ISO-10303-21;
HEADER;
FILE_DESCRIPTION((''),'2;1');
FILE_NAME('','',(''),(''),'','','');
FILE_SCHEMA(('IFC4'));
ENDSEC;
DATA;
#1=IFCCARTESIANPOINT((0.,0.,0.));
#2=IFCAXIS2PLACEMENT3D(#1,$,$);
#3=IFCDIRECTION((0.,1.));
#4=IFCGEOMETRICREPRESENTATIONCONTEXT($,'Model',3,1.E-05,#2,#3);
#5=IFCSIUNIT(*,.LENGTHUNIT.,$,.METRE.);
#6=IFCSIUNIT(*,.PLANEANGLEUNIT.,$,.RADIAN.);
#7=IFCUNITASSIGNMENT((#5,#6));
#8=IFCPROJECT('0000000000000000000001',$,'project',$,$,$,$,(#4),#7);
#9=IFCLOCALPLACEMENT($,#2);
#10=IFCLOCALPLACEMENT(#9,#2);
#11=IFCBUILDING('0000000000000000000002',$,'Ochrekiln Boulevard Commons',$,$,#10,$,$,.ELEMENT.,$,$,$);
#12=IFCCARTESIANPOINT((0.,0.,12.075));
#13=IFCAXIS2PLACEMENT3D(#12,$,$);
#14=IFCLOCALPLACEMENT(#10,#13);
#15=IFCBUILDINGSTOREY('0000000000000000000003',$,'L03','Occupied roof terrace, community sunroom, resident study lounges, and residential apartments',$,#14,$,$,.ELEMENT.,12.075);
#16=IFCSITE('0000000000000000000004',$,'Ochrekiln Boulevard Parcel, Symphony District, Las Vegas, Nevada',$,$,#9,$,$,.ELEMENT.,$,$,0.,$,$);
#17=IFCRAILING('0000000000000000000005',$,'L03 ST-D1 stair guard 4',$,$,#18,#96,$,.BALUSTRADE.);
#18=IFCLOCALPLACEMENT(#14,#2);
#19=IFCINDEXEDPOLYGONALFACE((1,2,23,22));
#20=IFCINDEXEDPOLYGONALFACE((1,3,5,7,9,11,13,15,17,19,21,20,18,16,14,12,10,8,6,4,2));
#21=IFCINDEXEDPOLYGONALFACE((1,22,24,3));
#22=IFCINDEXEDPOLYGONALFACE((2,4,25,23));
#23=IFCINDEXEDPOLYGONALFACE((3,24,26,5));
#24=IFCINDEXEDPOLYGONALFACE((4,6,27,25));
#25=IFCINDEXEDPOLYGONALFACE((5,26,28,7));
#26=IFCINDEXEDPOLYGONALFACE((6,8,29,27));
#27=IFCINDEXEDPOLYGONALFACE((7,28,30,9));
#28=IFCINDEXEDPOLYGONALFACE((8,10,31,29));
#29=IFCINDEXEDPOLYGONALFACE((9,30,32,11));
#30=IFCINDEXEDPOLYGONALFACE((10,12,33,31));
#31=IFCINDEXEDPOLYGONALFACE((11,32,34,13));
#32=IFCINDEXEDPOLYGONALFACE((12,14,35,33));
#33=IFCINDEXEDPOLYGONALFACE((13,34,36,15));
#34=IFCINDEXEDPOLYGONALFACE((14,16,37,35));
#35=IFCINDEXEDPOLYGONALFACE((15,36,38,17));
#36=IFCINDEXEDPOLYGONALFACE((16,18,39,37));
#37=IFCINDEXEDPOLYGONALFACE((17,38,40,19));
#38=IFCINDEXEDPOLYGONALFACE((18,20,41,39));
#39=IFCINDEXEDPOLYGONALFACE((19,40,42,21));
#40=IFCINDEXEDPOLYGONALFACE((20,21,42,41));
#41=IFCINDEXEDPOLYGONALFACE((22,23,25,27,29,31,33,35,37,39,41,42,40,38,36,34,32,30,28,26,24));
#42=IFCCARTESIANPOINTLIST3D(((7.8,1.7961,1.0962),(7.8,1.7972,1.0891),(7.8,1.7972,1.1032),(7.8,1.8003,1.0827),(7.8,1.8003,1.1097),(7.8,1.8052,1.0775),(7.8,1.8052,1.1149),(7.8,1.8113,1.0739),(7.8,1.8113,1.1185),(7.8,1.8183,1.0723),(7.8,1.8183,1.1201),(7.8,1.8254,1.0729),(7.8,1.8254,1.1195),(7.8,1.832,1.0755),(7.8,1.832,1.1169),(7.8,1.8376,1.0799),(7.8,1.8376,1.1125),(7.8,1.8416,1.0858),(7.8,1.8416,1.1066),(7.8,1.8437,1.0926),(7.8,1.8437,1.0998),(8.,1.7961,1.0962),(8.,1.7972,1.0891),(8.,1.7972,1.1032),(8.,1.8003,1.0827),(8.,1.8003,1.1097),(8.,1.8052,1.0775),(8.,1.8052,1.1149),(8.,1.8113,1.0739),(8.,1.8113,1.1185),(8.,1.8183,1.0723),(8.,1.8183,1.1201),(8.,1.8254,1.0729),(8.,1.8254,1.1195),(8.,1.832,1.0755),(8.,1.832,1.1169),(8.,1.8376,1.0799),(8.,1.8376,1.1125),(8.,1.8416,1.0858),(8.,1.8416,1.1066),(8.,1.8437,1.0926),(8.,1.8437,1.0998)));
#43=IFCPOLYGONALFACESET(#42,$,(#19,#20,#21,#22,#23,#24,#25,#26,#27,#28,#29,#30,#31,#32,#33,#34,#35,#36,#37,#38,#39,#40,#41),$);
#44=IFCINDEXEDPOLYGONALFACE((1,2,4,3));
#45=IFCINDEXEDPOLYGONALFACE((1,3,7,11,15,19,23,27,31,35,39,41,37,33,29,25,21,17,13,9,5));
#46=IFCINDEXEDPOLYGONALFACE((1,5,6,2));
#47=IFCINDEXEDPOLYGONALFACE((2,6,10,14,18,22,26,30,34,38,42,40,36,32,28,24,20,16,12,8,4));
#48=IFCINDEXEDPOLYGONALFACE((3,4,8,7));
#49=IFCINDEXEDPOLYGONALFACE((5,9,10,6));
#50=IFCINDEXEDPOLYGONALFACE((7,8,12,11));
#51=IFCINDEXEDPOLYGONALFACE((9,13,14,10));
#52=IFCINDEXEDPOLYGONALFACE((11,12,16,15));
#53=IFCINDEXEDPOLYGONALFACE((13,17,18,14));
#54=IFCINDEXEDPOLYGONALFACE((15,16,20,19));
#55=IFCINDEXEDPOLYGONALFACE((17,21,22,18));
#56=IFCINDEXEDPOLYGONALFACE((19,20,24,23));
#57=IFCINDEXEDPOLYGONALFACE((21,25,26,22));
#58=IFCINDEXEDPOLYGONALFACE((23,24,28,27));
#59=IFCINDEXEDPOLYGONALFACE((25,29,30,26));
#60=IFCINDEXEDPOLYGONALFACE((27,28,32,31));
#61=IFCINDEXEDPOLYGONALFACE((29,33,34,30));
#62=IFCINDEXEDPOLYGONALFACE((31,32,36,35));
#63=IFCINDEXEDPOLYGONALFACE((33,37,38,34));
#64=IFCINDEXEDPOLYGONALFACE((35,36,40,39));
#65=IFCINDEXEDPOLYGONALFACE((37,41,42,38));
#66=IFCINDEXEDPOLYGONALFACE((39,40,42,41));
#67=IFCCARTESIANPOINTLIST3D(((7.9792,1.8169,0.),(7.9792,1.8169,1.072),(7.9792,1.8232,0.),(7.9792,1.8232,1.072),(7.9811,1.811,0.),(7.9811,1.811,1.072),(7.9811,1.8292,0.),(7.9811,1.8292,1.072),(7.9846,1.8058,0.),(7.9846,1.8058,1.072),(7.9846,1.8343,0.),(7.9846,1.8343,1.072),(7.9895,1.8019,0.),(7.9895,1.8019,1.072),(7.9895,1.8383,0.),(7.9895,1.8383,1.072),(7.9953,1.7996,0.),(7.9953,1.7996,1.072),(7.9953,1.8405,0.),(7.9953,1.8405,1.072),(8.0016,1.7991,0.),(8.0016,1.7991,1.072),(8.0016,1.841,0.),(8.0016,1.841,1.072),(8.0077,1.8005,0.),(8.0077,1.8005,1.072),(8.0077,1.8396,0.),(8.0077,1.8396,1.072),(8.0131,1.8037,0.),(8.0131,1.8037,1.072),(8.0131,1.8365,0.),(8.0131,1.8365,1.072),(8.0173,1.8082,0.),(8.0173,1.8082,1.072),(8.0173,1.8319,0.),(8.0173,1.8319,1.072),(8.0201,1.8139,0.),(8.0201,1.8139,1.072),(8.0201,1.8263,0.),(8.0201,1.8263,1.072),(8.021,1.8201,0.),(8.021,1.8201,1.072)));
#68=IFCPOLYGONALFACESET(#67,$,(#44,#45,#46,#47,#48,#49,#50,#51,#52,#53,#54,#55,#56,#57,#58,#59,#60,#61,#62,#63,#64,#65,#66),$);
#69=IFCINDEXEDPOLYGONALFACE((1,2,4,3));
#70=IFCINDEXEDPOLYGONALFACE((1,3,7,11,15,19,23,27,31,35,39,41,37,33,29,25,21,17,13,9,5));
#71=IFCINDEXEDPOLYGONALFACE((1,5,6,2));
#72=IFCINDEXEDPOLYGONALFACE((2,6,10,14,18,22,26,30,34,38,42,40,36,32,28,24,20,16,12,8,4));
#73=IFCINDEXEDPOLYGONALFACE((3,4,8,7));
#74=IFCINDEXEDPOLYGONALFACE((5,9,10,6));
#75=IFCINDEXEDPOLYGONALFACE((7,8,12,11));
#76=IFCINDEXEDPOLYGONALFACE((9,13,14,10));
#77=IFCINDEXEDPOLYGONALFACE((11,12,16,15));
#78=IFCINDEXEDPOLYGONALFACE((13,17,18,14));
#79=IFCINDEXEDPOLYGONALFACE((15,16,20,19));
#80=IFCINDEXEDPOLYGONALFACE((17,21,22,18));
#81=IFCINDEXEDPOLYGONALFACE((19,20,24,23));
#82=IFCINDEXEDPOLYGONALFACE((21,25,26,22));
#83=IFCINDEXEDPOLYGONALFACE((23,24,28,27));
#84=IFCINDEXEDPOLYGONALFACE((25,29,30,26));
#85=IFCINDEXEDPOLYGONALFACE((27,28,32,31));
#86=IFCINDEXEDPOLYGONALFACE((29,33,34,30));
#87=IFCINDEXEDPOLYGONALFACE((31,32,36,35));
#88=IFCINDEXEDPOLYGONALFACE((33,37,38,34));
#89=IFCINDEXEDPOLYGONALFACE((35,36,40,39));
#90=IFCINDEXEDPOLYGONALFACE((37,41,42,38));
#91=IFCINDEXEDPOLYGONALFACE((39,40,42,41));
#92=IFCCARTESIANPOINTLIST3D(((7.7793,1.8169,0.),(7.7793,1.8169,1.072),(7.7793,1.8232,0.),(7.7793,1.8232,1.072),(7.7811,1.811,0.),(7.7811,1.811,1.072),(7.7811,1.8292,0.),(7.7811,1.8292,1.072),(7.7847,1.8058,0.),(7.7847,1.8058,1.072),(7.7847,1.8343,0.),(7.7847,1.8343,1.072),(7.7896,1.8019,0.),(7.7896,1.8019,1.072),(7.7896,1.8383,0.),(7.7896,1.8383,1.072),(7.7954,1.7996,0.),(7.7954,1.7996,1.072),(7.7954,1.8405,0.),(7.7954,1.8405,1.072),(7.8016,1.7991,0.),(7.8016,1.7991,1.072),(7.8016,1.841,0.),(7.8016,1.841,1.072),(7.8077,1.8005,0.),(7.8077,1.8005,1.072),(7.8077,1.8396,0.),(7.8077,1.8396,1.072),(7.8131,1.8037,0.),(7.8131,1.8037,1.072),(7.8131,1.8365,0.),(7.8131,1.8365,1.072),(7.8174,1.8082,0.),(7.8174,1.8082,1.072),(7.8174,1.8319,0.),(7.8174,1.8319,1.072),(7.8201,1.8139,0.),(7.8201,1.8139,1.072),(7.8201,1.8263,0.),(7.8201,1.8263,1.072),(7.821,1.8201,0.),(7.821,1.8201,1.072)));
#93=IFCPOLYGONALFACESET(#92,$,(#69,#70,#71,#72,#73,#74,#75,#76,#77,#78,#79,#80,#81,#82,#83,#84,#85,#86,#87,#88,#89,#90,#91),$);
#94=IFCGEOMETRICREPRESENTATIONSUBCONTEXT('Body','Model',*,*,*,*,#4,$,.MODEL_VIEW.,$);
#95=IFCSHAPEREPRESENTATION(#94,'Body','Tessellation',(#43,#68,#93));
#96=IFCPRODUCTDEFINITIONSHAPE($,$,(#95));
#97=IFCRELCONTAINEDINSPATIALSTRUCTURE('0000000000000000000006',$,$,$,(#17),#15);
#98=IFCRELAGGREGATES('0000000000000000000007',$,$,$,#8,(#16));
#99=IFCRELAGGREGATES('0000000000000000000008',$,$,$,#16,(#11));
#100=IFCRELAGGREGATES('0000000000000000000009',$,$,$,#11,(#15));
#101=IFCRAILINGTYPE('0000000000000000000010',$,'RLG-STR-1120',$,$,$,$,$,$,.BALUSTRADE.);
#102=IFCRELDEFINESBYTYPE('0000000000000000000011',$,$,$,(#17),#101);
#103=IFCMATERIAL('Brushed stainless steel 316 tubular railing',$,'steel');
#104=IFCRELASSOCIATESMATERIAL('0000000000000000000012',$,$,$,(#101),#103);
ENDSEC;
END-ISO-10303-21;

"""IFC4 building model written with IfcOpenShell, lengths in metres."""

from ifc_helpers import new_model, si_unit, direction, frame, origin, origin_2d, place, context, subcontext, project, spatial, circle, extrude, material, type_object, element, save


model = new_model("IFC4")

# Units and contexts
model_context = context("Model", 3, precision=1e-05, world=origin(), true_north=direction((0.0, 1.0)))
body_context = subcontext(model_context, "Body", "Model", "MODEL_VIEW")
ifc_project = project(units=[si_unit("LENGTHUNIT", "METRE"), si_unit("PLANEANGLEUNIT", "RADIAN")], contexts=[model_context])

# Site, building, storey
site_placement = place(None, origin())
site = spatial("IfcSite", under=ifc_project, at=site_placement, Name="Ochrekiln Boulevard Parcel, Symphony District, Las Vegas, Nevada", CompositionType="ELEMENT", RefElevation=0.0)
building_placement = place(site_placement, origin())
building = spatial("IfcBuilding", under=site, at=building_placement, Name="Ochrekiln Boulevard Commons", CompositionType="ELEMENT")
storey_placement = place(building_placement, frame((0.0, 0.0, 12.075)))
storey = spatial("IfcBuildingStorey", under=building, at=storey_placement, Name="L03", Description="Occupied roof terrace, community sunroom, resident study lounges, and residential apartments", CompositionType="ELEMENT", Elevation=12.075)

# Railing
ifc_material_1 = material(Name="Brushed stainless steel 316 tubular railing", Category="steel")
railing_type_1 = type_object("IfcRailingType", Name="RLG-STR-1120", PredefinedType="BALUSTRADE", material=ifc_material_1)
railing_1_placement = place(storey_placement, frame((8.0, 1.8201, 0.0)))
element("IfcRailing", 1, at=railing_1_placement, inside=storey, type_object=railing_type_1, Name="L03 ST-D1 stair guard 4", PredefinedType="BALUSTRADE", context=body_context, shape_type="SweptSolid", body=[
    extrude(circle(Radius=0.0239, at=origin_2d()), frame((0.0, 0.0, 1.0962), z_axis=(-1.0, 0.0, 0.0), x_axis=(0.0, -1.0, 0.0)), (0.0, 0.0, 1.0), 0.2),
    extrude(circle(Radius=0.021, at=origin_2d()), origin(), (0.0, 0.0, 1.0), 1.072),
    extrude(circle(Radius=0.021, at=origin_2d()), frame((-0.2, 0.0, 0.0)), (0.0, 0.0, 1.0), 1.072),
])

save(model, "model.ifc")
